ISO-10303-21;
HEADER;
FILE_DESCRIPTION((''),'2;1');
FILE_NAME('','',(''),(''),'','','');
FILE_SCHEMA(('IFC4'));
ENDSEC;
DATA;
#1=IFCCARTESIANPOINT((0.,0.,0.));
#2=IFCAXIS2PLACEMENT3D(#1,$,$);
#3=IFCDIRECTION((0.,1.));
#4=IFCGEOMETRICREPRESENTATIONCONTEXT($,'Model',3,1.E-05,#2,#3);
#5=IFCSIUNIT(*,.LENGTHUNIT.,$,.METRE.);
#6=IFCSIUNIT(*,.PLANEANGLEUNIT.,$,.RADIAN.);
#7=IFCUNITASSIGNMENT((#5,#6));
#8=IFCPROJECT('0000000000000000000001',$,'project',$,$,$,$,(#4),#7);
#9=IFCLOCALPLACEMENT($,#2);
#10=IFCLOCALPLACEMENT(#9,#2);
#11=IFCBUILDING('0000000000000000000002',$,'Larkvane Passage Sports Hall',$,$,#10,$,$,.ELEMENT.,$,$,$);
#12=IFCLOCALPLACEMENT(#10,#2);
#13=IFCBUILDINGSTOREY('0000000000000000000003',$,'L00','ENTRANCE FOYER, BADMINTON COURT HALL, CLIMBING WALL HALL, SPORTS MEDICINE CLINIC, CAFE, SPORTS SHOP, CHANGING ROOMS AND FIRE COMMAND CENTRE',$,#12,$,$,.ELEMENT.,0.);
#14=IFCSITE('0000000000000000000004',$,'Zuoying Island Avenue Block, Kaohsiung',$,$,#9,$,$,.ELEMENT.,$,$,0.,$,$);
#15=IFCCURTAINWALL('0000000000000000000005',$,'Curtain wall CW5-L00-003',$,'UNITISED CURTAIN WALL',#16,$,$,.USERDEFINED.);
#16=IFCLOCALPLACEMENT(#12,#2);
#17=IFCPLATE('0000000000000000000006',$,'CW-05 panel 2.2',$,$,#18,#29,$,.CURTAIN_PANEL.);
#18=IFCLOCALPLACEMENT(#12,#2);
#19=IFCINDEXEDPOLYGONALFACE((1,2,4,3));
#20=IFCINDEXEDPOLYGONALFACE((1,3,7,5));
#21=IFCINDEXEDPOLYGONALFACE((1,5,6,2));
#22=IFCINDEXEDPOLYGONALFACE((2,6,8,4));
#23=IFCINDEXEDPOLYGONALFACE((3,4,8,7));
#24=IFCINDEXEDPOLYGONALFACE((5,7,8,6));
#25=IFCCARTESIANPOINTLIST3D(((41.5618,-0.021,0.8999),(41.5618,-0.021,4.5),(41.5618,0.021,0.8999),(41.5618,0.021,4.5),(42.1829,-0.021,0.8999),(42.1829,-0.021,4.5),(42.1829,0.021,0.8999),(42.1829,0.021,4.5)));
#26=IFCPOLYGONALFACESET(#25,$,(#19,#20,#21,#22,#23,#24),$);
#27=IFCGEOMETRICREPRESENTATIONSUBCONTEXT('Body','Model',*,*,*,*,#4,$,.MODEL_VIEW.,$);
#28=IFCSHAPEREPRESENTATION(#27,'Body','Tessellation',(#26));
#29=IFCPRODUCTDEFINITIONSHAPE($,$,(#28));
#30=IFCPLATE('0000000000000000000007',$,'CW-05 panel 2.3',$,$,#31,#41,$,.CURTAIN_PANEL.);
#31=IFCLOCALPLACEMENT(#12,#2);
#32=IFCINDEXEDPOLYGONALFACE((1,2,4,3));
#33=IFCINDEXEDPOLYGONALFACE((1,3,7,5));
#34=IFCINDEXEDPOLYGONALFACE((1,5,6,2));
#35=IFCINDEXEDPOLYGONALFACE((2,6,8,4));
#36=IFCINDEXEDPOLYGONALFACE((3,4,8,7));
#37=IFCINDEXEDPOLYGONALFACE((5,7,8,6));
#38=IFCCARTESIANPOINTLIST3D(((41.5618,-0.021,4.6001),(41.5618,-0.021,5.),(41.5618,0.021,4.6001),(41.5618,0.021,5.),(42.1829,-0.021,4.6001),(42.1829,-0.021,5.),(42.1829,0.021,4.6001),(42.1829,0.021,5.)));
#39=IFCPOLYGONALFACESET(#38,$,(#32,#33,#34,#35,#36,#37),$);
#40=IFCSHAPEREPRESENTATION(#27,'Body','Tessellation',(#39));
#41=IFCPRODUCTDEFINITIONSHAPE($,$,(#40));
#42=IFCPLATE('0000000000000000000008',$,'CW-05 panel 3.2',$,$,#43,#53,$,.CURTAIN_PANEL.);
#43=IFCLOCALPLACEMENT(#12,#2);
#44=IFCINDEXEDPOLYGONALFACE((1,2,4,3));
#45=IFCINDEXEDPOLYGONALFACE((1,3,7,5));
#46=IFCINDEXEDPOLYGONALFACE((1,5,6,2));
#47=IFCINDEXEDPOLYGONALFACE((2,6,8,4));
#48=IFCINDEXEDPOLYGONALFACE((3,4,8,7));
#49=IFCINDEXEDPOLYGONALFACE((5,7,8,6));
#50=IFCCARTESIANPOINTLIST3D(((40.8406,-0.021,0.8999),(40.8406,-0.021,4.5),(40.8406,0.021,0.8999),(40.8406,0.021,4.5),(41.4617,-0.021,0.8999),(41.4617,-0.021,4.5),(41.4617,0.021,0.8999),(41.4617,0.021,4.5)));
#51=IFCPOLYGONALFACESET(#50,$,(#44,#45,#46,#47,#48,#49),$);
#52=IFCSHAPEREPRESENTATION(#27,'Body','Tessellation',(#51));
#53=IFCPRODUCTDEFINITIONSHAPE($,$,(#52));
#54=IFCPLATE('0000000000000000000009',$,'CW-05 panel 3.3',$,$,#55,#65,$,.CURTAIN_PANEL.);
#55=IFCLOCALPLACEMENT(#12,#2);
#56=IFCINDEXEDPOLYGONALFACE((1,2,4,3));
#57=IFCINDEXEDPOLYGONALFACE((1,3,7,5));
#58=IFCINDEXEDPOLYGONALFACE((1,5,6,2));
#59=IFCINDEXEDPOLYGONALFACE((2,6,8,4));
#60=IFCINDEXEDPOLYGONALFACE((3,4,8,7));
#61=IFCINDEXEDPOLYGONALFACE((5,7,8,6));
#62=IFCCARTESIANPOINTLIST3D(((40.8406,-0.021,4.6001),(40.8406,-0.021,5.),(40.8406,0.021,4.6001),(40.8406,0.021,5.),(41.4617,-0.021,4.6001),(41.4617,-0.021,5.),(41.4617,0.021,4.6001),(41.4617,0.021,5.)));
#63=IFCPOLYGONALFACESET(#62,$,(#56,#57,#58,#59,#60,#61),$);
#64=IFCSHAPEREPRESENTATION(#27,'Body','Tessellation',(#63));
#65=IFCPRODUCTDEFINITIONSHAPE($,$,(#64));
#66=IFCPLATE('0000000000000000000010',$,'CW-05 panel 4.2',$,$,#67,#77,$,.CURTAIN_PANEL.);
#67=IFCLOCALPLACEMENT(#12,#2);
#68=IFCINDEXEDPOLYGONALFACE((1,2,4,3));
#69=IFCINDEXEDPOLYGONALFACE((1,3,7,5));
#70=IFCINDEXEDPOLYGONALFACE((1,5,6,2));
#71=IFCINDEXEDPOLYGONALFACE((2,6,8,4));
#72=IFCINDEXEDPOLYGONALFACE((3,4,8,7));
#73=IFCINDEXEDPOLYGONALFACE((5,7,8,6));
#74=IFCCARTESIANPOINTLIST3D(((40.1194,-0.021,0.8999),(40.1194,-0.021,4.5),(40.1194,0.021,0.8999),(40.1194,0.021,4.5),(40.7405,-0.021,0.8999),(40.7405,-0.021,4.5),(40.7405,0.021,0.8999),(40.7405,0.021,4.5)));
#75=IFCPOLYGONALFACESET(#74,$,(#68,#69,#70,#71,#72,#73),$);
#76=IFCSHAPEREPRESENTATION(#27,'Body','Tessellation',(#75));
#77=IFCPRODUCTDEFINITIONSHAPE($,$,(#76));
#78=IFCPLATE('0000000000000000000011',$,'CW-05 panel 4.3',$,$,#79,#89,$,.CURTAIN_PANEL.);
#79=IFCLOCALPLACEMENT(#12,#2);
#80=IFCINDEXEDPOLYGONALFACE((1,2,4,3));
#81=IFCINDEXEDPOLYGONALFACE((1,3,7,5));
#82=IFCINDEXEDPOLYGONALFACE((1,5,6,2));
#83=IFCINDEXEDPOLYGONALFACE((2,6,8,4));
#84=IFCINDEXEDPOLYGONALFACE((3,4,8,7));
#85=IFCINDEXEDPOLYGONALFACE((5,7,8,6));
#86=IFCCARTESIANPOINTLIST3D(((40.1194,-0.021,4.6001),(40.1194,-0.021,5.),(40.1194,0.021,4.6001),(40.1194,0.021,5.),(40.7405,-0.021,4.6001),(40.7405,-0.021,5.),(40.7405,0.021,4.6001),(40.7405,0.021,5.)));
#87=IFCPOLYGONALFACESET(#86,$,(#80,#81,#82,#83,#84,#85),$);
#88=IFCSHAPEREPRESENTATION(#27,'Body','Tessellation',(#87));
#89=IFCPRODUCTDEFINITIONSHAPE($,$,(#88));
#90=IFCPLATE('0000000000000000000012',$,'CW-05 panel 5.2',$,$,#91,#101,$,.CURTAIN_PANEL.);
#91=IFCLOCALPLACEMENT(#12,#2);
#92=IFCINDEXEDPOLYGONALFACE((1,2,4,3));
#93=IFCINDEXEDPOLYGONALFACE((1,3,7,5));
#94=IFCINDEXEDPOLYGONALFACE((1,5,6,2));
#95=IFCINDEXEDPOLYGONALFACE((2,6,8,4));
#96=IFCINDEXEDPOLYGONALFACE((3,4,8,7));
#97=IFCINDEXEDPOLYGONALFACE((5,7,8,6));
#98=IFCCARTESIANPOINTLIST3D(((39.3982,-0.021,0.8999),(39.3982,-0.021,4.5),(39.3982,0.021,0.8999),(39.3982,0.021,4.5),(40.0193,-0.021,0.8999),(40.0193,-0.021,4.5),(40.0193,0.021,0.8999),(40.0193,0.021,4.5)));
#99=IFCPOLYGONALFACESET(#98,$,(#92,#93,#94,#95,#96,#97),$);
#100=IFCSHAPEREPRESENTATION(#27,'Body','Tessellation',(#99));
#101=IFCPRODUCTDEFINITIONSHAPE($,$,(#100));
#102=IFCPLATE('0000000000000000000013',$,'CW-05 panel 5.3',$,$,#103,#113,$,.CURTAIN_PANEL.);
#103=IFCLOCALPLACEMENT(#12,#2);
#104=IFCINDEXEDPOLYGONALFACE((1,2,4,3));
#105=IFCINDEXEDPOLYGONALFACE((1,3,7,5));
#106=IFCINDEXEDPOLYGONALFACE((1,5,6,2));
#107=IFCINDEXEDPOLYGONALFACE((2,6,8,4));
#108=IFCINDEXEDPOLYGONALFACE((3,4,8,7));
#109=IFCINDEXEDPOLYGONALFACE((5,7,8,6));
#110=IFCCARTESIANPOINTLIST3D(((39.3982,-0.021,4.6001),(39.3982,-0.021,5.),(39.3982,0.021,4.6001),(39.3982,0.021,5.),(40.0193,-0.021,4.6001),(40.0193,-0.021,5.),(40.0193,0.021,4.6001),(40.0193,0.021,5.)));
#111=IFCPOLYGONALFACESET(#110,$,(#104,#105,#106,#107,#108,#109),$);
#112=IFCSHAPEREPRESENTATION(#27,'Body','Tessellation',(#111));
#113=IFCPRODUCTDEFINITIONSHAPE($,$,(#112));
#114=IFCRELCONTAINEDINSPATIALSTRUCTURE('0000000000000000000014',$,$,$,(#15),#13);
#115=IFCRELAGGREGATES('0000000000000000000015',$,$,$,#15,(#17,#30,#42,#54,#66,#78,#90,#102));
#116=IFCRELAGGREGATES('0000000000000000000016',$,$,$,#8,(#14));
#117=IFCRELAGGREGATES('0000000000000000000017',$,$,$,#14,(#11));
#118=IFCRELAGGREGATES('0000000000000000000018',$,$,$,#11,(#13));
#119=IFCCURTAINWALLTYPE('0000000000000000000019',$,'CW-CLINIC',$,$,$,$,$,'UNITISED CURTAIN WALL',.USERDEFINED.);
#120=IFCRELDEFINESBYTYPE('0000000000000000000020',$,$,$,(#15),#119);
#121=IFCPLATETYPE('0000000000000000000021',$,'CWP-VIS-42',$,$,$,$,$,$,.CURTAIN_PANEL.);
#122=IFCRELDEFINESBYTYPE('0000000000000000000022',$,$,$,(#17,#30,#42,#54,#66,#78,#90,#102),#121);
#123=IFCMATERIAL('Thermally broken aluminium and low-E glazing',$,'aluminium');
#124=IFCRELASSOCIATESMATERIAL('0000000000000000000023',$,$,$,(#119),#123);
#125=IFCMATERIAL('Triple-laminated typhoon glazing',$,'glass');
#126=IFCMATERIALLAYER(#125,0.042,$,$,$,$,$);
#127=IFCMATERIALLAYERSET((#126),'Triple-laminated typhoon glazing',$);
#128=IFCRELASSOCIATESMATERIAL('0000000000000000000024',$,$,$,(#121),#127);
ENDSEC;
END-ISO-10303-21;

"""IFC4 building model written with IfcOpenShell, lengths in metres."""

from ifc_helpers import new_model, si_unit, direction, frame, origin, origin_2d, place, context, subcontext, project, spatial, rectangle, extrude, material, layer, layer_set, type_object, element, aggregate, save


model = new_model("IFC4")

# Units and contexts
model_context = context("Model", 3, precision=1e-05, world=origin(), true_north=direction((0.0, 1.0)))
body_context = subcontext(model_context, "Body", "Model", "MODEL_VIEW")
ifc_project = project(units=[si_unit("LENGTHUNIT", "METRE"), si_unit("PLANEANGLEUNIT", "RADIAN")], contexts=[model_context])

# Site, building, storey
site_placement = place(None, origin())
site = spatial("IfcSite", under=ifc_project, at=site_placement, Name="Zuoying Island Avenue Block, Kaohsiung", CompositionType="ELEMENT", RefElevation=0.0)
building_placement = place(site_placement, origin())
building = spatial("IfcBuilding", under=site, at=building_placement, Name="Larkvane Passage Sports Hall", CompositionType="ELEMENT")
storey_placement = place(building_placement, origin())
storey = spatial("IfcBuildingStorey", under=building, at=storey_placement, Name="L00", Description="ENTRANCE FOYER, BADMINTON COURT HALL, CLIMBING WALL HALL, SPORTS MEDICINE CLINIC, CAFE, SPORTS SHOP, CHANGING ROOMS AND FIRE COMMAND CENTRE", CompositionType="ELEMENT", Elevation=0.0)

# Curtain wall, plates
ifc_material_1 = material(Name="Thermally broken aluminium and low-E glazing", Category="aluminium")
curtain_wall_type = type_object("IfcCurtainWallType", Name="CW-CLINIC", ElementType="UNITISED CURTAIN WALL", PredefinedType="USERDEFINED", material=ifc_material_1)
curtain_wall_placement = place(storey_placement, origin())
curtain_wall = element("IfcCurtainWall", 1, at=curtain_wall_placement, inside=storey, type_object=curtain_wall_type, Name="Curtain wall CW5-L00-003", ObjectType="UNITISED CURTAIN WALL", PredefinedType="USERDEFINED")
ifc_material_2 = material(Name="Triple-laminated typhoon glazing", Category="glass")
ifc_layer = layer(ifc_material_2, 0.042)
ifc_layer_set = layer_set([ifc_layer], Name="Triple-laminated typhoon glazing")
plate_type = type_object("IfcPlateType", Name="CWP-VIS-42", PredefinedType="CURTAIN_PANEL", material=ifc_layer_set)
plate_1_placement = place(storey_placement, frame((41.8723, 0.0, 0.8999), z_axis=(0.0, 0.0, 1.0), x_axis=(-1.0, 0.0, 0.0)))
plate_1 = element("IfcPlate", 2, at=plate_1_placement, type_object=plate_type, Name="CW-05 panel 2.2", PredefinedType="CURTAIN_PANEL", context=body_context, shape_type="SweptSolid", body=[
    extrude(rectangle(XDim=0.6211, YDim=0.042, at=origin_2d()), origin(), (0.0, 0.0, 1.0), 3.6001),
])
plate_2_placement = place(storey_placement, frame((41.8723, 0.0, 4.6001), z_axis=(0.0, 0.0, 1.0), x_axis=(-1.0, 0.0, 0.0)))
plate_2 = element("IfcPlate", 3, at=plate_2_placement, type_object=plate_type, Name="CW-05 panel 2.3", PredefinedType="CURTAIN_PANEL", context=body_context, shape_type="SweptSolid", body=[
    extrude(rectangle(XDim=0.6211, YDim=0.042, at=origin_2d()), origin(), (0.0, 0.0, 1.0), 0.3999),
])
plate_3_placement = place(storey_placement, frame((41.1511, 0.0, 0.8999), z_axis=(0.0, 0.0, 1.0), x_axis=(-1.0, 0.0, 0.0)))
plate_3 = element("IfcPlate", 4, at=plate_3_placement, type_object=plate_type, Name="CW-05 panel 3.2", PredefinedType="CURTAIN_PANEL", context=body_context, shape_type="SweptSolid", body=[
    extrude(rectangle(XDim=0.6211, YDim=0.042, at=origin_2d()), origin(), (0.0, 0.0, 1.0), 3.6001),
])
plate_4_placement = place(storey_placement, frame((41.1511, 0.0, 4.6001), z_axis=(0.0, 0.0, 1.0), x_axis=(-1.0, 0.0, 0.0)))
plate_4 = element("IfcPlate", 5, at=plate_4_placement, type_object=plate_type, Name="CW-05 panel 3.3", PredefinedType="CURTAIN_PANEL", context=body_context, shape_type="SweptSolid", body=[
    extrude(rectangle(XDim=0.6211, YDim=0.042, at=origin_2d()), origin(), (0.0, 0.0, 1.0), 0.3999),
])
plate_5_placement = place(storey_placement, frame((40.4299, 0.0, 0.8999), z_axis=(0.0, 0.0, 1.0), x_axis=(-1.0, 0.0, 0.0)))
plate_5 = element("IfcPlate", 6, at=plate_5_placement, type_object=plate_type, Name="CW-05 panel 4.2", PredefinedType="CURTAIN_PANEL", context=body_context, shape_type="SweptSolid", body=[
    extrude(rectangle(XDim=0.6211, YDim=0.042, at=origin_2d()), origin(), (0.0, 0.0, 1.0), 3.6001),
])
plate_6_placement = place(storey_placement, frame((40.4299, 0.0, 4.6001), z_axis=(0.0, 0.0, 1.0), x_axis=(-1.0, 0.0, 0.0)))
plate_6 = element("IfcPlate", 7, at=plate_6_placement, type_object=plate_type, Name="CW-05 panel 4.3", PredefinedType="CURTAIN_PANEL", context=body_context, shape_type="SweptSolid", body=[
    extrude(rectangle(XDim=0.6211, YDim=0.042, at=origin_2d()), origin(), (0.0, 0.0, 1.0), 0.3999),
])
plate_7_placement = place(storey_placement, frame((39.7087, 0.0, 0.8999), z_axis=(0.0, 0.0, 1.0), x_axis=(-1.0, 0.0, 0.0)))
plate_7 = element("IfcPlate", 8, at=plate_7_placement, type_object=plate_type, Name="CW-05 panel 5.2", PredefinedType="CURTAIN_PANEL", context=body_context, shape_type="SweptSolid", body=[
    extrude(rectangle(XDim=0.6211, YDim=0.042, at=origin_2d()), origin(), (0.0, 0.0, 1.0), 3.6001),
])
plate_8_placement = place(storey_placement, frame((39.7087, 0.0, 4.6001), z_axis=(0.0, 0.0, 1.0), x_axis=(-1.0, 0.0, 0.0)))
plate_8 = element("IfcPlate", 9, at=plate_8_placement, type_object=plate_type, Name="CW-05 panel 5.3", PredefinedType="CURTAIN_PANEL", context=body_context, shape_type="SweptSolid", body=[
    extrude(rectangle(XDim=0.6211, YDim=0.042, at=origin_2d()), origin(), (0.0, 0.0, 1.0), 0.3999),
])
aggregate(curtain_wall, [plate_1, plate_2, plate_3, plate_4, plate_5, plate_6, plate_7, plate_8])

save(model, "model.ifc")
